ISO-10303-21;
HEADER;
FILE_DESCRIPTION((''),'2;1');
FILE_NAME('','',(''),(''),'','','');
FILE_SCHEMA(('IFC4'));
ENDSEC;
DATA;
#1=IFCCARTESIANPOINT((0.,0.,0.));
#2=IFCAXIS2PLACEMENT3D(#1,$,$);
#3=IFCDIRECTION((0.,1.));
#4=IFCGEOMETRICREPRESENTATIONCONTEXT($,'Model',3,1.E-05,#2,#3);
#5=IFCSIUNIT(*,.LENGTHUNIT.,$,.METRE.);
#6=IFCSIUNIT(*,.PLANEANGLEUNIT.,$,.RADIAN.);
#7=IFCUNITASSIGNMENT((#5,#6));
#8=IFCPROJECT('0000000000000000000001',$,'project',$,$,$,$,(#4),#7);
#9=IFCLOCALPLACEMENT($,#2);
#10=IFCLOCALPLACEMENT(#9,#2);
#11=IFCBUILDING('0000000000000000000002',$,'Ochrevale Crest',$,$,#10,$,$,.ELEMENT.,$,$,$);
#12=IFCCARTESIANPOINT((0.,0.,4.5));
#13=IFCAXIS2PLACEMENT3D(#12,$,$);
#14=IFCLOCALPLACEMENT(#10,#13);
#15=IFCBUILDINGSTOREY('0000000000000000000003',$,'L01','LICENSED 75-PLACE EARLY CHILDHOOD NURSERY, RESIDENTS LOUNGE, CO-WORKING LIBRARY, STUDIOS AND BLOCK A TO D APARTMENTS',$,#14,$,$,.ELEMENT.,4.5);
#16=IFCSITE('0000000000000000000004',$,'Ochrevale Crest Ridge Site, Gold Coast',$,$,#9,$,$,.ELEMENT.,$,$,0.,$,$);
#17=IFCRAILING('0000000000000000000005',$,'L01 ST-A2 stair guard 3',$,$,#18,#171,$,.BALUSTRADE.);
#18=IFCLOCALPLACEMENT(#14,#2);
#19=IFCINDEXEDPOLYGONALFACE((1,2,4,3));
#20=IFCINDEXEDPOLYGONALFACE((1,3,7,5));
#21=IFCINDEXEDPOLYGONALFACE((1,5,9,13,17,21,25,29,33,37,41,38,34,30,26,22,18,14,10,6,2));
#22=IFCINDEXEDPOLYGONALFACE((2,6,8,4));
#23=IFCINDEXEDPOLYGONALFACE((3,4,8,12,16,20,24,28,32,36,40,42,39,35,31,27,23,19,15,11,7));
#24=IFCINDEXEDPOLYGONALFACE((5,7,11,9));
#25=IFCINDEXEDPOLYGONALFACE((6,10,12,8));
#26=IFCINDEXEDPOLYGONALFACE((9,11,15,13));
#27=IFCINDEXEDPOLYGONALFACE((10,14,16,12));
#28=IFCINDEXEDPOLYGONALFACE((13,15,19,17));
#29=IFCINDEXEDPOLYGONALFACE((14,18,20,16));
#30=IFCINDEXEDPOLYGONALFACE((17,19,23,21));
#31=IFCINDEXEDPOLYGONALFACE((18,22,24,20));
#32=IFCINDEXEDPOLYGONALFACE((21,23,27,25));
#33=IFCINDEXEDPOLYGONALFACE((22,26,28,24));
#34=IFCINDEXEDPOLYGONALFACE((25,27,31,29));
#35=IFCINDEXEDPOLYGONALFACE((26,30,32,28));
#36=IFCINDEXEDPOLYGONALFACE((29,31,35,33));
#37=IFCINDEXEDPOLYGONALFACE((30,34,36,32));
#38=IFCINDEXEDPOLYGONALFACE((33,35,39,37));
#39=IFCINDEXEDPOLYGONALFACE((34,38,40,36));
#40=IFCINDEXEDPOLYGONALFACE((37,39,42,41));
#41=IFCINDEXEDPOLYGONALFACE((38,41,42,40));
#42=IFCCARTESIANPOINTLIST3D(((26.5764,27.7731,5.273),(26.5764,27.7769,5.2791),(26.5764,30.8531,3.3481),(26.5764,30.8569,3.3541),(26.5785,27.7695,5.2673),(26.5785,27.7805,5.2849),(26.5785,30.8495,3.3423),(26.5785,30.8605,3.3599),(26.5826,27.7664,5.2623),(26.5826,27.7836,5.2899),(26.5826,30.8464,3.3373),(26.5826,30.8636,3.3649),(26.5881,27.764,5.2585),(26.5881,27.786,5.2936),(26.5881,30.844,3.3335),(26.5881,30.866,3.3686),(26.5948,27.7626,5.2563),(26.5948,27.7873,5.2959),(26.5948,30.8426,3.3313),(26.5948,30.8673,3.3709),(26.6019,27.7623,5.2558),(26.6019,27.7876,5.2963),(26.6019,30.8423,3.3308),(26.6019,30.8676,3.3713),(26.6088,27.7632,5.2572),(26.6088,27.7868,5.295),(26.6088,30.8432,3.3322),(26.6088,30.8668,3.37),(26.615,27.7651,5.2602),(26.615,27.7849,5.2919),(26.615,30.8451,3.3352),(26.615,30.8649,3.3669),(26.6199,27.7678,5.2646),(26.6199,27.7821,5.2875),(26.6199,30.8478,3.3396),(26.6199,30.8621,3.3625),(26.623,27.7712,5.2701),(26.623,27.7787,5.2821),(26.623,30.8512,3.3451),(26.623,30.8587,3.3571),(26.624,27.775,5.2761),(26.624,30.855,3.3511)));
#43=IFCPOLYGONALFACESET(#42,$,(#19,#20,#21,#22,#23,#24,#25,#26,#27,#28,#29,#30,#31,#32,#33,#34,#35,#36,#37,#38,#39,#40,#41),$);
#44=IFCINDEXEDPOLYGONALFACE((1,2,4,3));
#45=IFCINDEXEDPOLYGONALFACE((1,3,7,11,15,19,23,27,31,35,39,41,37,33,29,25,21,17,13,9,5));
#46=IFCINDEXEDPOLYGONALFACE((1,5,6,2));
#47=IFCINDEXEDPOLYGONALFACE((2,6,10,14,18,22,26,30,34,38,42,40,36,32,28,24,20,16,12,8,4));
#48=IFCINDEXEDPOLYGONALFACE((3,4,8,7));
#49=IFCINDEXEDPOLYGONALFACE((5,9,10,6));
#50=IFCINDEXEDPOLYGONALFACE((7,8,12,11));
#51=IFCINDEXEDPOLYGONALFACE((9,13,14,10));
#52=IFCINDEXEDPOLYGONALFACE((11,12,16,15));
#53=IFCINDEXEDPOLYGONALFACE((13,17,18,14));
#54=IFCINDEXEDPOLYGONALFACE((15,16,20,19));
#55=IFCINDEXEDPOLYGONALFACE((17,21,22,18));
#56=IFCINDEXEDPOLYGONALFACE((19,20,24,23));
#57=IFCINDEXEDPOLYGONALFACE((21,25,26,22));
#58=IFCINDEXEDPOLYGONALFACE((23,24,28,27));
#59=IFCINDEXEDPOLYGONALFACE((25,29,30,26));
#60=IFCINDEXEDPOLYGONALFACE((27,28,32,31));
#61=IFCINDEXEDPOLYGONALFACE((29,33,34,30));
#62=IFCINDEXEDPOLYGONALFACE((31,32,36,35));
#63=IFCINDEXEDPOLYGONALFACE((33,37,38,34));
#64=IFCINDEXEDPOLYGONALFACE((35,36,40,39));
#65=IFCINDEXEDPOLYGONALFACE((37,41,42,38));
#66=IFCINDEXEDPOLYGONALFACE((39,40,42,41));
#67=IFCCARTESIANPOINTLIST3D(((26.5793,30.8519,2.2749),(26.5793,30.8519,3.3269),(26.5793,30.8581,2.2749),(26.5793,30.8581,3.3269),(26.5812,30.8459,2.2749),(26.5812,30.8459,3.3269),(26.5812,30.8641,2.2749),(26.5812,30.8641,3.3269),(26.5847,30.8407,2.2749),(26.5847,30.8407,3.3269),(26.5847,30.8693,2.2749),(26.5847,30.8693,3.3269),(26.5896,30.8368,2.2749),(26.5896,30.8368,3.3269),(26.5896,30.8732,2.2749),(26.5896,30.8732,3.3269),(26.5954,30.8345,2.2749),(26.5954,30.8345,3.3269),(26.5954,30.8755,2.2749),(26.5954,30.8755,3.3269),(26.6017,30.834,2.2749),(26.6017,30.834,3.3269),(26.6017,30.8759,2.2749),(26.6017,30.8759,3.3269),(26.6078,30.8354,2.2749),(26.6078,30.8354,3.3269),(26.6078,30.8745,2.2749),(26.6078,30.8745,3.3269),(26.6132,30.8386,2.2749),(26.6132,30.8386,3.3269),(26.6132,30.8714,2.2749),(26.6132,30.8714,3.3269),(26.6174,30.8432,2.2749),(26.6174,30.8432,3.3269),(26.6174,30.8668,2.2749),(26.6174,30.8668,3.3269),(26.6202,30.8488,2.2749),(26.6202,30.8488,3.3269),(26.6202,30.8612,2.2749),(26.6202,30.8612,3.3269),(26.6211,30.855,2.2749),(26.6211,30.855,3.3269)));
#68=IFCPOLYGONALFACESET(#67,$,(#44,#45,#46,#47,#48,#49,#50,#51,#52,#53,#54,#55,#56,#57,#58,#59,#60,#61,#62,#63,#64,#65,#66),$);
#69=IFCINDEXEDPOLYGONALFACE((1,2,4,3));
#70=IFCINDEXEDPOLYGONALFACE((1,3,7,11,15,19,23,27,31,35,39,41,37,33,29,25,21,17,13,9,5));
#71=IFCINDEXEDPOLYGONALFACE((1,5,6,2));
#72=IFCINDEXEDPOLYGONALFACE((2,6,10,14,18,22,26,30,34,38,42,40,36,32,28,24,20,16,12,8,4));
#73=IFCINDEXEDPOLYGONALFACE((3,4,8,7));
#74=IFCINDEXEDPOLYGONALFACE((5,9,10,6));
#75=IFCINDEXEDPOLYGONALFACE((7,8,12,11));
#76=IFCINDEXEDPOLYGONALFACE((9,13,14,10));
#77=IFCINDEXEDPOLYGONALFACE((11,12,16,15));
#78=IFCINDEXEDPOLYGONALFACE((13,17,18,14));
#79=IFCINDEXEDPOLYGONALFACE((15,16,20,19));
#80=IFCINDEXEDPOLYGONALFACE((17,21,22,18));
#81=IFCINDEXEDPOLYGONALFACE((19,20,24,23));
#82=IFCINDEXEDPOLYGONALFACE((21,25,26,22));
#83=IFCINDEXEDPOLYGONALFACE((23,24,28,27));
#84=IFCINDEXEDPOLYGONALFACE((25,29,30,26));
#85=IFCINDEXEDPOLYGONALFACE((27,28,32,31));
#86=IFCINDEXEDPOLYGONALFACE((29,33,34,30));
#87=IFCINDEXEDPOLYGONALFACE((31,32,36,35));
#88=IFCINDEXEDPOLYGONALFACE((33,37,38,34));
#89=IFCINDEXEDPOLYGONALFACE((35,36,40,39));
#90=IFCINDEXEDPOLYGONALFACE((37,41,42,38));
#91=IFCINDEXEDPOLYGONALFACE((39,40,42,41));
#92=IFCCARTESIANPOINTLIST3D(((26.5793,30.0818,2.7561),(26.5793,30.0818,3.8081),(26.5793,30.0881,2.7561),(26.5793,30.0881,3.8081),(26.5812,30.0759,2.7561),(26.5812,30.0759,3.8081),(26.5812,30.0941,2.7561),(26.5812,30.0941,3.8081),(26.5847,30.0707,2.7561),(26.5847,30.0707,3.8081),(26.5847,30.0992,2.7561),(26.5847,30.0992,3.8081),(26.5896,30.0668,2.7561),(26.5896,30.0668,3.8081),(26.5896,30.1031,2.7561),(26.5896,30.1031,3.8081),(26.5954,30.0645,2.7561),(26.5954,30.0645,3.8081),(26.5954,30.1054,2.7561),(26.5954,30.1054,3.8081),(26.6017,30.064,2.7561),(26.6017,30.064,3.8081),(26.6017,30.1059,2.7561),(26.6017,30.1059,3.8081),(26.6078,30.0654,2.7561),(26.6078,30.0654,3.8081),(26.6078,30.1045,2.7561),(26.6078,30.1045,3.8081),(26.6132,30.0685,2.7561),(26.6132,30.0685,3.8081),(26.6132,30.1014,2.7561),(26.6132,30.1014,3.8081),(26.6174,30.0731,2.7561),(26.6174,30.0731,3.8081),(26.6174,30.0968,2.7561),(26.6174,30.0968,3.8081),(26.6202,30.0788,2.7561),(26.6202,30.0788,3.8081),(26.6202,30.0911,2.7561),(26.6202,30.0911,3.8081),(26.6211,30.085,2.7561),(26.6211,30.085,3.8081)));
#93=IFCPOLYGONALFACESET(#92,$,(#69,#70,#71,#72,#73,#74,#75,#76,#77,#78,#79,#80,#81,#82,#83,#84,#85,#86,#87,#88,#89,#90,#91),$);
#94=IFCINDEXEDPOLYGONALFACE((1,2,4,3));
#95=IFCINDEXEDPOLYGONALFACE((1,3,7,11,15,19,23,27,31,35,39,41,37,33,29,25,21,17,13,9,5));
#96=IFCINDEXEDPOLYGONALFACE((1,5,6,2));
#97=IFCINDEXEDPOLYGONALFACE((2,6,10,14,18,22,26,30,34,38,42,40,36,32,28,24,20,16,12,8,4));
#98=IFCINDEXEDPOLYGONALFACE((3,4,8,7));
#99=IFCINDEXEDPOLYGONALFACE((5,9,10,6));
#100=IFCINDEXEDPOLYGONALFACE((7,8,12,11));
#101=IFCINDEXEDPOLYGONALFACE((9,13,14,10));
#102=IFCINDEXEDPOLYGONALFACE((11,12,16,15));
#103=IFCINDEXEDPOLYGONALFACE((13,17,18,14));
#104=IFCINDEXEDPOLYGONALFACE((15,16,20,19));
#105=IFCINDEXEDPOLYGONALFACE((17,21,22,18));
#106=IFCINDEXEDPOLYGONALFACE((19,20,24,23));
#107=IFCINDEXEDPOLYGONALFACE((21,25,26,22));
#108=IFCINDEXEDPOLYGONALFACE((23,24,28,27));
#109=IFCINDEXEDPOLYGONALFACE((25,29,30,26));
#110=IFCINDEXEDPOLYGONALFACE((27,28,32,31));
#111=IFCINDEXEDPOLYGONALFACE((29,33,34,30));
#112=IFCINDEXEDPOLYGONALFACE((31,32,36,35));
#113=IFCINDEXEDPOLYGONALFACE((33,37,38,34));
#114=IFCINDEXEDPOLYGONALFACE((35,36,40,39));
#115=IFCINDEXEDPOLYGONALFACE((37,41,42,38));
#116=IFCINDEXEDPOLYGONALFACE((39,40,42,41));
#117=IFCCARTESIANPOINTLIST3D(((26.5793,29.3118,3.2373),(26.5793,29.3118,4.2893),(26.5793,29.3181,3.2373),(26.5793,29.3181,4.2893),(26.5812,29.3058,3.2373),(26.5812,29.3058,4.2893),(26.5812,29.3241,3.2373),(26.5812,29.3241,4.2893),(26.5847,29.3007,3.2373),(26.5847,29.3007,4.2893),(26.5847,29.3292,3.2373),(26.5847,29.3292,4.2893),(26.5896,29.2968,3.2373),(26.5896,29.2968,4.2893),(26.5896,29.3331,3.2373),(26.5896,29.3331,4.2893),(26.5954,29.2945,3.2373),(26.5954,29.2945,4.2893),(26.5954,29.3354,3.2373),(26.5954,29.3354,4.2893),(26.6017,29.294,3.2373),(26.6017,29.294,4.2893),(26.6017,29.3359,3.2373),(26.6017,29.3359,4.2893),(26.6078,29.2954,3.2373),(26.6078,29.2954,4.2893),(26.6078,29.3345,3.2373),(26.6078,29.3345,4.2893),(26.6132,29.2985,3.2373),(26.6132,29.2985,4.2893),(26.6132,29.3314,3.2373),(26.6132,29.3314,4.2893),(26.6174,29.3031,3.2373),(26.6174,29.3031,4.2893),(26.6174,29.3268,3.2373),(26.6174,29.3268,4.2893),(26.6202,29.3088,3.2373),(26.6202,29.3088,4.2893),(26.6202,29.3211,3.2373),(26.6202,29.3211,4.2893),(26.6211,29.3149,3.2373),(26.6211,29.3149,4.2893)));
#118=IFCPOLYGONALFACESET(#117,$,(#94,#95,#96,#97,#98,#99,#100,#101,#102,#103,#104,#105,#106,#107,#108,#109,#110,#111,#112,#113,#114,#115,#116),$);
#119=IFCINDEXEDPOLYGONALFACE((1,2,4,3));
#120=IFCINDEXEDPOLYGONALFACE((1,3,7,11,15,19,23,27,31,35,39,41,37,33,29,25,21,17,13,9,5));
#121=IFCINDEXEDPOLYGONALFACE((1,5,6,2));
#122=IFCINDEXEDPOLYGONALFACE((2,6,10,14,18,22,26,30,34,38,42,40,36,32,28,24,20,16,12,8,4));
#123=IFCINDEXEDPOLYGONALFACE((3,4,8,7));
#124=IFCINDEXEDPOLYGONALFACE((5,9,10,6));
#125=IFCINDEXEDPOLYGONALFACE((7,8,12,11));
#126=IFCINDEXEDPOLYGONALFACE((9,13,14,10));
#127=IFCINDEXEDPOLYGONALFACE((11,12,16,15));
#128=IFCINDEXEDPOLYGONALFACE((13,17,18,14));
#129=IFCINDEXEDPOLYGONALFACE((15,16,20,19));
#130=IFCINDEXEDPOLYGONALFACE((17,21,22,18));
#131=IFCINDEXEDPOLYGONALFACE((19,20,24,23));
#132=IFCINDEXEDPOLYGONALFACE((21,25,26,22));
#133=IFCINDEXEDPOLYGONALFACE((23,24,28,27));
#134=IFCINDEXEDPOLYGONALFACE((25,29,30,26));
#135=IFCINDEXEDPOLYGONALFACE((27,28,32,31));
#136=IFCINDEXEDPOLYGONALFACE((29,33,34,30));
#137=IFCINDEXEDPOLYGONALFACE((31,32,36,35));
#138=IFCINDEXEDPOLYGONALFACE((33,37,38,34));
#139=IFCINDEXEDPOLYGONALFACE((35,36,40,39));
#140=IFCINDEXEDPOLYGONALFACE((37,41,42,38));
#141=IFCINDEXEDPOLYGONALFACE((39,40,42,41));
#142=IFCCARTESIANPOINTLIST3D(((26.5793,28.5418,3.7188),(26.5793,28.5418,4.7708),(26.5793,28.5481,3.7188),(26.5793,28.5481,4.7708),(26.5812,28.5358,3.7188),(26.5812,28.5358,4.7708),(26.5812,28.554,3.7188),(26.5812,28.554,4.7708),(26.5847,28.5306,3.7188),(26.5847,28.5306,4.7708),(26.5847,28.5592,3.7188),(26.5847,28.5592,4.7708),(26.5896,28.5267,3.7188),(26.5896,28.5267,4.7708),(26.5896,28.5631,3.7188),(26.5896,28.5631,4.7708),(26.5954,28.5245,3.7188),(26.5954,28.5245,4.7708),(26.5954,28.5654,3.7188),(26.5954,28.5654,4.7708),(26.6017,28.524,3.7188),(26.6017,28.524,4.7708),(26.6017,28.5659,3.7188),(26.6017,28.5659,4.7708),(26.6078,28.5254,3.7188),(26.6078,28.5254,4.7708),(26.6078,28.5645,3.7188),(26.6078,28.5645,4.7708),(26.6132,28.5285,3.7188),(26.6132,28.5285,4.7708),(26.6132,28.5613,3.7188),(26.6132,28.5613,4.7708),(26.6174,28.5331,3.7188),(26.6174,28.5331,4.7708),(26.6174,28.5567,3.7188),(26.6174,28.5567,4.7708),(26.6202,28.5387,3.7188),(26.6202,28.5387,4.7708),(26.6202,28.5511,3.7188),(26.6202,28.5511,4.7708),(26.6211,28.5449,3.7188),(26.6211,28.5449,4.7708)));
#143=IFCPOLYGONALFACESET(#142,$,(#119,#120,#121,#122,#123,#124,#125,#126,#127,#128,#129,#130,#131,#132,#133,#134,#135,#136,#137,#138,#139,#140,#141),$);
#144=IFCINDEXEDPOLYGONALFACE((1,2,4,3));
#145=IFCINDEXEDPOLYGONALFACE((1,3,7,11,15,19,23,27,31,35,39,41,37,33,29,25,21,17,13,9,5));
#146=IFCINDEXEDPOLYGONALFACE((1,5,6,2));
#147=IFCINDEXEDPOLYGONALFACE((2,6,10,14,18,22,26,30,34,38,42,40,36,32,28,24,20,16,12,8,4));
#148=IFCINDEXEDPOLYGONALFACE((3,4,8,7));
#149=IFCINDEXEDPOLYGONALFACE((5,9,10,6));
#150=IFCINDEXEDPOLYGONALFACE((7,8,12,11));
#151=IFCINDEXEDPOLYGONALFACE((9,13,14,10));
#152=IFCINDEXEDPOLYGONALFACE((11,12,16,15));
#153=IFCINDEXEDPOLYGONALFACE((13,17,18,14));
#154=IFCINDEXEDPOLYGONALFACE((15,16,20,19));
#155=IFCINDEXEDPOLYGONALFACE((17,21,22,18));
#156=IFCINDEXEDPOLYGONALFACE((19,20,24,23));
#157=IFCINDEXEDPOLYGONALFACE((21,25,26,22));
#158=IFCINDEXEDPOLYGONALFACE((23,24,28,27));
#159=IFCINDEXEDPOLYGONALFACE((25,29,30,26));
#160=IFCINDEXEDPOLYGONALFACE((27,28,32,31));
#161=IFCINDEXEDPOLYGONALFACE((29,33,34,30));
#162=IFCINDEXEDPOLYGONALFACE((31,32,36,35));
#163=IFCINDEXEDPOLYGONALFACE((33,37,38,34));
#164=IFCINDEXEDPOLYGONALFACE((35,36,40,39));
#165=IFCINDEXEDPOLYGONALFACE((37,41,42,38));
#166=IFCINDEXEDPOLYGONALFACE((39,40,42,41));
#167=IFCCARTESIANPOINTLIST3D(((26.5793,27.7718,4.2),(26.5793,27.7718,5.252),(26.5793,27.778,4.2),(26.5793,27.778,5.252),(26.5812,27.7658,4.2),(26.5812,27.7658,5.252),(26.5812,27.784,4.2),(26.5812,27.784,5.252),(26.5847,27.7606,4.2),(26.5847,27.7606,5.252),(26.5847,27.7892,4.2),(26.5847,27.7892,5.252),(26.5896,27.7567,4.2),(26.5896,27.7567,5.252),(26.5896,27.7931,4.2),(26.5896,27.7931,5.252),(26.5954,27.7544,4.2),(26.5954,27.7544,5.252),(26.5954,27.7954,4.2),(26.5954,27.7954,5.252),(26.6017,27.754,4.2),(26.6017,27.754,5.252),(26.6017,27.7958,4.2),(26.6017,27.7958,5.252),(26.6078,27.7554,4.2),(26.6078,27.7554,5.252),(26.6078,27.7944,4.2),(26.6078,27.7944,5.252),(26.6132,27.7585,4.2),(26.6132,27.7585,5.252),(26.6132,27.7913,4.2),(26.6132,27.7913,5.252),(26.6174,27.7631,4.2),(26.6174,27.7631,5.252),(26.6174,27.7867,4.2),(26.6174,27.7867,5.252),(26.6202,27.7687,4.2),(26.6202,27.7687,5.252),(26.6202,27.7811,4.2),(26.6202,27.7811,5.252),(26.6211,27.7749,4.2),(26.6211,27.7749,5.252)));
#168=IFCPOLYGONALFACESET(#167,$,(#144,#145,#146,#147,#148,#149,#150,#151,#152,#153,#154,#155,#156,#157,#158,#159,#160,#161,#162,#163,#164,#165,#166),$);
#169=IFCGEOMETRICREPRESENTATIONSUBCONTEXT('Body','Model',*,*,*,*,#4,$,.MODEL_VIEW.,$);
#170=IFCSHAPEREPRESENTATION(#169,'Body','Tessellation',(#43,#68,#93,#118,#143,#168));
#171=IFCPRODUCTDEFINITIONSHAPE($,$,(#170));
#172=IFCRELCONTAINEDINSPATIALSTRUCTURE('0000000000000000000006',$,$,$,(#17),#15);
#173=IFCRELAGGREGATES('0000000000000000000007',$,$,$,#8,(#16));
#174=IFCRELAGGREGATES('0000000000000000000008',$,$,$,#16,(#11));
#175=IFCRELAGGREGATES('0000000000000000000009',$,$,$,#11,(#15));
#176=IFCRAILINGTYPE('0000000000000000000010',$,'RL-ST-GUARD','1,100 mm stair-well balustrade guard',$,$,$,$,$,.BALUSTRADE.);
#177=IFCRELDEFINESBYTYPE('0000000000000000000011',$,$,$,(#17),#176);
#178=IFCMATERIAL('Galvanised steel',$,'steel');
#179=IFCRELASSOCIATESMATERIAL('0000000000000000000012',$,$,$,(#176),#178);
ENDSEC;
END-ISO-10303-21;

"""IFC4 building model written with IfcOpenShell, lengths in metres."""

from ifc_helpers import new_model, si_unit, direction, frame, origin, origin_2d, place, context, subcontext, project, spatial, circle, extrude, material, type_object, element, save


model = new_model("IFC4")

# Units and contexts
model_context = context("Model", 3, precision=1e-05, world=origin(), true_north=direction((0.0, 1.0)))
body_context = subcontext(model_context, "Body", "Model", "MODEL_VIEW")
ifc_project = project(units=[si_unit("LENGTHUNIT", "METRE"), si_unit("PLANEANGLEUNIT", "RADIAN")], contexts=[model_context])

# Site, building, storey
site_placement = place(None, origin())
site = spatial("IfcSite", under=ifc_project, at=site_placement, Name="Ochrevale Crest Ridge Site, Gold Coast", CompositionType="ELEMENT", RefElevation=0.0)
building_placement = place(site_placement, origin())
building = spatial("IfcBuilding", under=site, at=building_placement, Name="Ochrevale Crest", CompositionType="ELEMENT")
storey_placement = place(building_placement, frame((0.0, 0.0, 4.5)))
storey = spatial("IfcBuildingStorey", under=building, at=storey_placement, Name="L01", Description="LICENSED 75-PLACE EARLY CHILDHOOD NURSERY, RESIDENTS LOUNGE, CO-WORKING LIBRARY, STUDIOS AND BLOCK A TO D APARTMENTS", CompositionType="ELEMENT", Elevation=4.5)

# Railing
ifc_material_1 = material(Name="Galvanised steel", Category="steel")
railing_type_1 = type_object("IfcRailingType", Name="RL-ST-GUARD", Description="1,100 mm stair-well balustrade guard", PredefinedType="BALUSTRADE", material=ifc_material_1)
railing_1_placement = place(storey_placement, frame((26.6001, 30.855, 2.2749)))
element("IfcRailing", 1, at=railing_1_placement, inside=storey, type_object=railing_type_1, Name="L01 ST-A2 stair guard 3", PredefinedType="BALUSTRADE", context=body_context, shape_type="SweptSolid", body=[
    extrude(circle(Radius=0.0239, at=origin_2d()), frame((0.0, 0.0, 1.0762), z_axis=(0.0, -0.847998, 0.529999), x_axis=(1.0, 0.0, 0.0)), (0.0, 0.0, 1.0), 3.6321),
    extrude(circle(Radius=0.021, at=origin_2d()), origin(), (0.0, 0.0, 1.0), 1.052),
    extrude(circle(Radius=0.021, at=origin_2d()), frame((0.0, -0.77, 0.4812)), (0.0, 0.0, 1.0), 1.052),
    extrude(circle(Radius=0.021, at=origin_2d()), frame((0.0, -1.54, 0.9624)), (0.0, 0.0, 1.0), 1.052),
    extrude(circle(Radius=0.021, at=origin_2d()), frame((0.0, -2.3101, 1.4438)), (0.0, 0.0, 1.0), 1.052),
    extrude(circle(Radius=0.021, at=origin_2d()), frame((0.0, -3.0801, 1.925)), (0.0, 0.0, 1.0), 1.052),
])

save(model, "model.ifc")
